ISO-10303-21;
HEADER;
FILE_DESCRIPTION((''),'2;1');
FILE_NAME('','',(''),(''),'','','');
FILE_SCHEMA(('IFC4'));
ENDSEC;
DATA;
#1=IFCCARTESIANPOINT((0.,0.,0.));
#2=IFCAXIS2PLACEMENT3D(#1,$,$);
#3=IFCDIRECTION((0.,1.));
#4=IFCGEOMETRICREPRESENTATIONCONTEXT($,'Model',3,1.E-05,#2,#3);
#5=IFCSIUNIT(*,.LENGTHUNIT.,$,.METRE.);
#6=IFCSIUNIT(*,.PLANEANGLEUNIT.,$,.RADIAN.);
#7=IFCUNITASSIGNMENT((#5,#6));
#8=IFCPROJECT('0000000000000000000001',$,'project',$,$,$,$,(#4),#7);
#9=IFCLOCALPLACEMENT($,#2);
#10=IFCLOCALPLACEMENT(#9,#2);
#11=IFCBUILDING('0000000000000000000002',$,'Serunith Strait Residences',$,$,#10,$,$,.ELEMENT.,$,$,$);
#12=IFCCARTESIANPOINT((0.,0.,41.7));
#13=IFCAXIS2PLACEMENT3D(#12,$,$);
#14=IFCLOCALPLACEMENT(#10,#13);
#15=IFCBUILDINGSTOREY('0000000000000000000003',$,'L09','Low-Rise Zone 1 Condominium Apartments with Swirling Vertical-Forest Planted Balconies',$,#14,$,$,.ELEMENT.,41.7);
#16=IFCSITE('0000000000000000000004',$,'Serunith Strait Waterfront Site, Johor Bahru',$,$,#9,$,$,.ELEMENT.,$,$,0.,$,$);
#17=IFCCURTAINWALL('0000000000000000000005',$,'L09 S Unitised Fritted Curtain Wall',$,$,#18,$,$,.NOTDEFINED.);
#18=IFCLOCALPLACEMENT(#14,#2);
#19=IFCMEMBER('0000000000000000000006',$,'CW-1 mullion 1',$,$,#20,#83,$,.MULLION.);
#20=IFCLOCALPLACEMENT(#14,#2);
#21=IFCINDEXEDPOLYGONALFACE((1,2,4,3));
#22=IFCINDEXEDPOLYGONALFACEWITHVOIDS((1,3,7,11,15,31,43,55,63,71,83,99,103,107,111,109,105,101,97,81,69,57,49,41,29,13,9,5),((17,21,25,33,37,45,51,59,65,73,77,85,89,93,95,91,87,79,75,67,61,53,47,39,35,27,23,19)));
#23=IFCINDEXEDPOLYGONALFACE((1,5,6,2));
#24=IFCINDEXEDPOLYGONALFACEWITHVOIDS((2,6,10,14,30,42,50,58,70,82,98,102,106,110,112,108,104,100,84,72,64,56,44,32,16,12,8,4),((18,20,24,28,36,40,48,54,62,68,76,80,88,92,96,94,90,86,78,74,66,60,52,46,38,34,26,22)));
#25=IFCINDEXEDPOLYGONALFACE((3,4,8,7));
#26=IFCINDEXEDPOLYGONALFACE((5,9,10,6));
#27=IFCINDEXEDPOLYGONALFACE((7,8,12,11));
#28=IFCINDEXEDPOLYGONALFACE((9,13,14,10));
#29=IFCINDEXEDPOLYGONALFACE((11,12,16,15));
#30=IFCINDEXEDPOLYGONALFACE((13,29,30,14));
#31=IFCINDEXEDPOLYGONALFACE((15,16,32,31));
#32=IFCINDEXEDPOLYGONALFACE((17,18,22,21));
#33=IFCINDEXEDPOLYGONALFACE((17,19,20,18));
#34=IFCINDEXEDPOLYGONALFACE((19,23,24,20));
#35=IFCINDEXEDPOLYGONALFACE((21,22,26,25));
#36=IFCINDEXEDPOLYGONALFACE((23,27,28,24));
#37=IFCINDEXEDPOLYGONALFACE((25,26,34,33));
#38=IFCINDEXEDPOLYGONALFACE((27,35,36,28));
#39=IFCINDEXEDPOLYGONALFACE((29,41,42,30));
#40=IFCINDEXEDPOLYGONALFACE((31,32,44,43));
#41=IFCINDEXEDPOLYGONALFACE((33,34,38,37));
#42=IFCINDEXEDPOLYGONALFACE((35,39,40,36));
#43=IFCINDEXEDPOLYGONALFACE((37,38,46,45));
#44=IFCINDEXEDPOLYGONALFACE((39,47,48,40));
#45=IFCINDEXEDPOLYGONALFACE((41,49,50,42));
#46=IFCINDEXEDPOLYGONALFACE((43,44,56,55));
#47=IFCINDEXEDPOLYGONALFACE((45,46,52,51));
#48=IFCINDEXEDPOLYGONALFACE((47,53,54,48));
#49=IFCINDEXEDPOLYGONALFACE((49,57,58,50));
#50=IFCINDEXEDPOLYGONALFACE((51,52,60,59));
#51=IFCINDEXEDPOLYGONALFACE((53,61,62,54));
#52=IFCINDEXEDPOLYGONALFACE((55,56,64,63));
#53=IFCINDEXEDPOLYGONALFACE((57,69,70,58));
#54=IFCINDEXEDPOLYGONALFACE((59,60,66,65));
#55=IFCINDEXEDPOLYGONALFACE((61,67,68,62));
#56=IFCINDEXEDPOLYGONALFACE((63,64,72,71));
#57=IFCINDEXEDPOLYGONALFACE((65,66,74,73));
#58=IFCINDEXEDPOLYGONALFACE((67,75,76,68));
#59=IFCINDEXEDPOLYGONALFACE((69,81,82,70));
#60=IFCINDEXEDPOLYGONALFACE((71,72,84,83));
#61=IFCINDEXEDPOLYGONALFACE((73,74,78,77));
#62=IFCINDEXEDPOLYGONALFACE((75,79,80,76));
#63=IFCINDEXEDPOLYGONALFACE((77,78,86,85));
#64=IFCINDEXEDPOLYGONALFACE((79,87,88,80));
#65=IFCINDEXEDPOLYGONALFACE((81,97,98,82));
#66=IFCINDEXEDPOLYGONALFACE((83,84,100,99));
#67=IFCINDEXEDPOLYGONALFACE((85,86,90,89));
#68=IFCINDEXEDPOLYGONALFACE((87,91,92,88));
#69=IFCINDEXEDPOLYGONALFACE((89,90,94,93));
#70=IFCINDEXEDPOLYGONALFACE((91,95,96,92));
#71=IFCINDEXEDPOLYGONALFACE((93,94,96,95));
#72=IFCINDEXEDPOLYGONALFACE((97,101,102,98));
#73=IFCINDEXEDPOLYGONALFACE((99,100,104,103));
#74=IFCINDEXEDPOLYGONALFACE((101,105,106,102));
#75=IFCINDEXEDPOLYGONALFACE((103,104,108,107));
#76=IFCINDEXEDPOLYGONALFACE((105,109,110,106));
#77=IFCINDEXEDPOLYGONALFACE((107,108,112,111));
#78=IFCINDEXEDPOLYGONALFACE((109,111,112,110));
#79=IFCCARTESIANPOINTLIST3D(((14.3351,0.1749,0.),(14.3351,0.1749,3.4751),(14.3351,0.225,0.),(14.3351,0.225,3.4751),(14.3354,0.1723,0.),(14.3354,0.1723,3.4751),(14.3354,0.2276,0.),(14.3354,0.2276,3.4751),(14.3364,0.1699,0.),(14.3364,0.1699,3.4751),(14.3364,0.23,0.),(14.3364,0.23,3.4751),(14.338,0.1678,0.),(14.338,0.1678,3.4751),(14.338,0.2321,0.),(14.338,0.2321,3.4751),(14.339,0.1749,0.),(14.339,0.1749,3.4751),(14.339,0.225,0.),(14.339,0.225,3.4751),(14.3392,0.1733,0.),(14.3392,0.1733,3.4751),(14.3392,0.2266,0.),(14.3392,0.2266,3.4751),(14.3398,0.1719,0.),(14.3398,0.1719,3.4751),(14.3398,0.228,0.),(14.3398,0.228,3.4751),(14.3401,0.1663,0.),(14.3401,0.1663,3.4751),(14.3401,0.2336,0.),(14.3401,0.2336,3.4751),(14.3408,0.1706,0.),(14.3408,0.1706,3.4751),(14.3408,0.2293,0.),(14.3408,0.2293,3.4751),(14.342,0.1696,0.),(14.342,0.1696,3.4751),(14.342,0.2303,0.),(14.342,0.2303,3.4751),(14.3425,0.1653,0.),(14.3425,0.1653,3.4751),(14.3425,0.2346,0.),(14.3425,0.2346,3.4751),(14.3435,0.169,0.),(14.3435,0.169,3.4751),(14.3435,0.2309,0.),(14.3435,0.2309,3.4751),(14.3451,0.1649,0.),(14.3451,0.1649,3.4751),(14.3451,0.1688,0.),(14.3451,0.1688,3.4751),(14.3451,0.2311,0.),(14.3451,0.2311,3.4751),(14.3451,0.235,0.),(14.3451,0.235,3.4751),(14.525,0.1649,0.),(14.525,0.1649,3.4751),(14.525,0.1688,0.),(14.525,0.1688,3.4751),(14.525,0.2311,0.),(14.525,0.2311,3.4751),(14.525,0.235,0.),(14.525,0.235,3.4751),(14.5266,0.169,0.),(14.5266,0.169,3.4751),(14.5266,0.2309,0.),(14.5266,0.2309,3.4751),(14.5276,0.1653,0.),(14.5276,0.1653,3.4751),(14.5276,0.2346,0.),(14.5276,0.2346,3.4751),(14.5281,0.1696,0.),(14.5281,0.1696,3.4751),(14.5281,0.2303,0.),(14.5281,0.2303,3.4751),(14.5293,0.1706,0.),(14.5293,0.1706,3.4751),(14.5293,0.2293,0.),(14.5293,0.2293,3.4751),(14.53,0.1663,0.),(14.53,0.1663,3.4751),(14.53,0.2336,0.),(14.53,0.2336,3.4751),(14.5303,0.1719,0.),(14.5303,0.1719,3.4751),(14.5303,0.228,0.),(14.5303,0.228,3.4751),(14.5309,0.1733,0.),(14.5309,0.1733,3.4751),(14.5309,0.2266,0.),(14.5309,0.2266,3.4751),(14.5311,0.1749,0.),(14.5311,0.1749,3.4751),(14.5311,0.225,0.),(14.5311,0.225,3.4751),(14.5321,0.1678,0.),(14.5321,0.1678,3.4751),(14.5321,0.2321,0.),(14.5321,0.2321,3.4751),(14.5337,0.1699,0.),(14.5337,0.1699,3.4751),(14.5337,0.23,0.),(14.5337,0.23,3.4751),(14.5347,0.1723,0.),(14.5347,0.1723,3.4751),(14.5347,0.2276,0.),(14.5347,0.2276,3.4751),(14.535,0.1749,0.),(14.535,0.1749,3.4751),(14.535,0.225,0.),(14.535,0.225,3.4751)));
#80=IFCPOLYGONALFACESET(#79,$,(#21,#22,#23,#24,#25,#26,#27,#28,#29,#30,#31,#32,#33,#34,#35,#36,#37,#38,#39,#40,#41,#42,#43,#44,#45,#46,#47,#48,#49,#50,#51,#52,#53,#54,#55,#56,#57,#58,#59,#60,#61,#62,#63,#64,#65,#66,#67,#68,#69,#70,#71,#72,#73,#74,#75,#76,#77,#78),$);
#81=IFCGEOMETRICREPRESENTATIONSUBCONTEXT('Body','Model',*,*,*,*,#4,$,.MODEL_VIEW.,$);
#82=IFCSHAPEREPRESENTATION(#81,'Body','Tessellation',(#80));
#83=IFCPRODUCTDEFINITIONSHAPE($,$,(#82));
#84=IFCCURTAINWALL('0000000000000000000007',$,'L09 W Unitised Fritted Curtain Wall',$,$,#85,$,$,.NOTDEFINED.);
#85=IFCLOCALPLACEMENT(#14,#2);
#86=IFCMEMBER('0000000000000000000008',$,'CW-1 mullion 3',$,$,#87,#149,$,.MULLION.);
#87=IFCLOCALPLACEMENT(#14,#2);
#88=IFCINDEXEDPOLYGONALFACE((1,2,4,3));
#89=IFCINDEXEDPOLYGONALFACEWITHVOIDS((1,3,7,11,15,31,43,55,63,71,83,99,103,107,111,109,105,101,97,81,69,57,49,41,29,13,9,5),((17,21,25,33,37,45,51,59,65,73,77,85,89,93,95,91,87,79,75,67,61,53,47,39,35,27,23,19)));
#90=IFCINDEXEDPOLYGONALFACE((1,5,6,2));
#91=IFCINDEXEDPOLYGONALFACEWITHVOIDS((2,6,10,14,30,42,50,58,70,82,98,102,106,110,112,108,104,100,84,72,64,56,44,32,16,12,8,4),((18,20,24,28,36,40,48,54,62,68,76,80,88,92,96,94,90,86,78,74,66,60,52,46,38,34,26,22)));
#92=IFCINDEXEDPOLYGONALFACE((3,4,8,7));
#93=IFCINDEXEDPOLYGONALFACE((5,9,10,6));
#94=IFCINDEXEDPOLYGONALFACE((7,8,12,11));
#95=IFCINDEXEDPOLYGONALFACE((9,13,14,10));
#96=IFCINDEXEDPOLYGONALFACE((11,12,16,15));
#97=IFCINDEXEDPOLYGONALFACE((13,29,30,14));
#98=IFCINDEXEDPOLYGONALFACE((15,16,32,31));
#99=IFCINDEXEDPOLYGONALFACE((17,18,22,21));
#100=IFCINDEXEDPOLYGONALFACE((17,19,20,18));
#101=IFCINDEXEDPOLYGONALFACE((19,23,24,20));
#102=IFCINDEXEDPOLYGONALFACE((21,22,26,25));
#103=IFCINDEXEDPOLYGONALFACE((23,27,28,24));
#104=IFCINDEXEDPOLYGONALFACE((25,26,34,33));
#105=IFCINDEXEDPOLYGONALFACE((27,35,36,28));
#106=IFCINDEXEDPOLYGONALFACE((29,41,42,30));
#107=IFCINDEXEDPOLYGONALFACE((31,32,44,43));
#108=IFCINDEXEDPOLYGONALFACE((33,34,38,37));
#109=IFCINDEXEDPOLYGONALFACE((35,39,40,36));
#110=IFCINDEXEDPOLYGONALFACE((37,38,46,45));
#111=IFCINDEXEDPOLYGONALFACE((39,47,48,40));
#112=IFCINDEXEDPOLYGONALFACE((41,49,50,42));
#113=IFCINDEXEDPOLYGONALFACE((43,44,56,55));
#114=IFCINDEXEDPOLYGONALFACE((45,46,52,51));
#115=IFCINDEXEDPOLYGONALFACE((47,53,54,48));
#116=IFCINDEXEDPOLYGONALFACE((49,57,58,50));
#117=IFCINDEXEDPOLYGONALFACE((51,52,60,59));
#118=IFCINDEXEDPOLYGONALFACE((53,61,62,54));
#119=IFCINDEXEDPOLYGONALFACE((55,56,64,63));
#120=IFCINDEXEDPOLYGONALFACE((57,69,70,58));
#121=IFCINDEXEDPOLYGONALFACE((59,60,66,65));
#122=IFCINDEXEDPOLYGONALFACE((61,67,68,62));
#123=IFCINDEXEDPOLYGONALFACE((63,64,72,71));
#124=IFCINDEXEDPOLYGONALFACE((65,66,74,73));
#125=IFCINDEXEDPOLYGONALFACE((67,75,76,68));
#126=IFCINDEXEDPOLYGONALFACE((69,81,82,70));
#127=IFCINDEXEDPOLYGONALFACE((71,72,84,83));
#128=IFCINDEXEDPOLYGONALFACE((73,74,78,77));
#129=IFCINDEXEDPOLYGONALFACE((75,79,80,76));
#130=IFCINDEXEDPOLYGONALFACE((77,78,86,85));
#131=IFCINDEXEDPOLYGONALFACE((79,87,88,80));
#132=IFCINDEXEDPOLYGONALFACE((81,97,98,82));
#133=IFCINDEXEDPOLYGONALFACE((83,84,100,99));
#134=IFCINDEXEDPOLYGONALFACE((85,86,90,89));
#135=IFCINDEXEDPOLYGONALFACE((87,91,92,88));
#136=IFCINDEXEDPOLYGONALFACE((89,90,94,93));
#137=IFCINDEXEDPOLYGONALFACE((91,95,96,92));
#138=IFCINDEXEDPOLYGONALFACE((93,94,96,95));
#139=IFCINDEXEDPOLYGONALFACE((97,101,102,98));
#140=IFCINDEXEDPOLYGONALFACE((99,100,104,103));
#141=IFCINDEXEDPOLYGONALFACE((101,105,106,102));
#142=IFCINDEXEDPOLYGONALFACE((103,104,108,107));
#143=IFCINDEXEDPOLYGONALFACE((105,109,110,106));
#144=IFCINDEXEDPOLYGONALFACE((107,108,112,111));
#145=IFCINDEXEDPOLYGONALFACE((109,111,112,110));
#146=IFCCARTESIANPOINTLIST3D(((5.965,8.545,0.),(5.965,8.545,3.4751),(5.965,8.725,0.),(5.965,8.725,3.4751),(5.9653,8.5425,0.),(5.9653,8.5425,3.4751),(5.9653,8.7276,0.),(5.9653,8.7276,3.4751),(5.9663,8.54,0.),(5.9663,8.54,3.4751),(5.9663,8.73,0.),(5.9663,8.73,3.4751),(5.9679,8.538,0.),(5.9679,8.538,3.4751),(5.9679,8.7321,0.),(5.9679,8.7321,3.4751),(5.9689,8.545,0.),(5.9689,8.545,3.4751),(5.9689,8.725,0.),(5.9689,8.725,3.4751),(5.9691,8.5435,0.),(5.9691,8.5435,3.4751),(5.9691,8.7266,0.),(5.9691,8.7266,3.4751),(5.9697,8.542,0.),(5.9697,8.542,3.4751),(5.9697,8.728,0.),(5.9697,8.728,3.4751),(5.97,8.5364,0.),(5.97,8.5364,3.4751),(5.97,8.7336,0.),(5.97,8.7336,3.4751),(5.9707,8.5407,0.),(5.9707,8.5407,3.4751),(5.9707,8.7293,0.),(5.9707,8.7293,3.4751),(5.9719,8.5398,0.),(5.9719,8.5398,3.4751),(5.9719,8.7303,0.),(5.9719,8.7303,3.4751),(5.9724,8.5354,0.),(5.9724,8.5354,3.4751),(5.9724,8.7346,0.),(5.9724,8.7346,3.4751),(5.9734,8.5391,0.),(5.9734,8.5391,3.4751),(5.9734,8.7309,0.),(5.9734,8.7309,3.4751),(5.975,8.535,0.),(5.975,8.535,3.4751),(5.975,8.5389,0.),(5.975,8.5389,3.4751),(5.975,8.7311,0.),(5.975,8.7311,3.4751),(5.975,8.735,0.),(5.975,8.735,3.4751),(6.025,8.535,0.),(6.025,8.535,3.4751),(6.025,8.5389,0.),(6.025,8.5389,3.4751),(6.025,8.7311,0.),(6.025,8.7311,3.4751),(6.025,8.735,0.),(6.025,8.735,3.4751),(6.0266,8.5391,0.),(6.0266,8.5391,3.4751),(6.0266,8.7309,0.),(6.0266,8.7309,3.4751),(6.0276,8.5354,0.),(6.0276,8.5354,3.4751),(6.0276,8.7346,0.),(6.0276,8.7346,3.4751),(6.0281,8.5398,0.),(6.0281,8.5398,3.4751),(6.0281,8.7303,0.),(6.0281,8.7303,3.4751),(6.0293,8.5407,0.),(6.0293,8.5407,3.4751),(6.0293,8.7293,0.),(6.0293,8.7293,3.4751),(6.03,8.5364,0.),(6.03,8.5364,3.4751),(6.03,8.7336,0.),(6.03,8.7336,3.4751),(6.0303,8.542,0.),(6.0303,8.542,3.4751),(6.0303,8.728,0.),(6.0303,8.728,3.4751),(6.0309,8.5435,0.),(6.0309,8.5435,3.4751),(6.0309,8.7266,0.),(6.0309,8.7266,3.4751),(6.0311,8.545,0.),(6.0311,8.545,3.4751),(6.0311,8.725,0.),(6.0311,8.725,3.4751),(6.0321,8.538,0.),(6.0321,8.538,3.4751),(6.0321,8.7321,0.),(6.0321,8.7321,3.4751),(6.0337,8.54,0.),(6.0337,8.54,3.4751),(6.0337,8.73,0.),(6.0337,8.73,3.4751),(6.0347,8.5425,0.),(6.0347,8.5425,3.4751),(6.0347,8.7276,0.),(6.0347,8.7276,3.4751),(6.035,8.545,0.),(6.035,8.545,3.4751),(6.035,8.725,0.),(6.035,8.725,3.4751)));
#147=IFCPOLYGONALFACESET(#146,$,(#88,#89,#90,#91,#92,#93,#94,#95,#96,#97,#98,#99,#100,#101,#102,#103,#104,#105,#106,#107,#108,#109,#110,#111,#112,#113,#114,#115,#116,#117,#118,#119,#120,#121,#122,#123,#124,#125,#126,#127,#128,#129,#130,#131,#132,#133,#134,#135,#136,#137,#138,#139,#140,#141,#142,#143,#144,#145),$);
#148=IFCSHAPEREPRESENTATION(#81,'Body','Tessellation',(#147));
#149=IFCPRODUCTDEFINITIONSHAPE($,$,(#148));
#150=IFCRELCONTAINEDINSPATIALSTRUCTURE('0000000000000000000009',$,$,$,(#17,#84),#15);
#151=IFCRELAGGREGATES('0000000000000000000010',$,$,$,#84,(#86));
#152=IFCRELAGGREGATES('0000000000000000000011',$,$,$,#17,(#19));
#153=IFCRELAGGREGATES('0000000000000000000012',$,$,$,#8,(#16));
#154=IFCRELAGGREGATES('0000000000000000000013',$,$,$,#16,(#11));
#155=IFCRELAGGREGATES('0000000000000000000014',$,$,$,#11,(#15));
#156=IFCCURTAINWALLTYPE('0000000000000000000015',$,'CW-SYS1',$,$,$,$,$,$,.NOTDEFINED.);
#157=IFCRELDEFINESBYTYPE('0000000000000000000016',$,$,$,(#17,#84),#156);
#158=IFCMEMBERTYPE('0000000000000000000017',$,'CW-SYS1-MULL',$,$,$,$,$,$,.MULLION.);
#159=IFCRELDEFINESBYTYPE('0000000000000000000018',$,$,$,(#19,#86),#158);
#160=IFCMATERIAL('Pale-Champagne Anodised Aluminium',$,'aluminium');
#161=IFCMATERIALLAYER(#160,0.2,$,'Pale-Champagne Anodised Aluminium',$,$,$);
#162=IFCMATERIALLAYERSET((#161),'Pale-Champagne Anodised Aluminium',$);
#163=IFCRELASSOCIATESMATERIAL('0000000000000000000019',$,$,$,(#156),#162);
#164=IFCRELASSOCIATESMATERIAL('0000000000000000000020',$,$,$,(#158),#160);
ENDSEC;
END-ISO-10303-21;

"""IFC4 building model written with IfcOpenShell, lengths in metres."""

from ifc_helpers import new_model, si_unit, direction, frame, origin, origin_2d, place, context, subcontext, project, spatial, hollow_rectangle, extrude, source, transform, mapped, material, layer, layer_set, material_profile, profile_set, type_object, element, aggregate, save


model = new_model("IFC4")

# Units and contexts
model_context = context("Model", 3, precision=1e-05, world=origin(), true_north=direction((0.0, 1.0)))
body_context = subcontext(model_context, "Body", "Model", "MODEL_VIEW")
ifc_project = project(units=[si_unit("LENGTHUNIT", "METRE"), si_unit("PLANEANGLEUNIT", "RADIAN")], contexts=[model_context])

# Site, building, storey
site_placement = place(None, origin())
site = spatial("IfcSite", under=ifc_project, at=site_placement, Name="Serunith Strait Waterfront Site, Johor Bahru", CompositionType="ELEMENT", RefElevation=0.0)
building_placement = place(site_placement, origin())
building = spatial("IfcBuilding", under=site, at=building_placement, Name="Serunith Strait Residences", CompositionType="ELEMENT")
storey_placement = place(building_placement, frame((0.0, 0.0, 41.7)))
storey = spatial("IfcBuildingStorey", under=building, at=storey_placement, Name="L09", Description="Low-Rise Zone 1 Condominium Apartments with Swirling Vertical-Forest Planted Balconies", CompositionType="ELEMENT", Elevation=41.7)

# Curtain walls, members
ifc_material_1 = material(Name="Pale-Champagne Anodised Aluminium", Category="aluminium")
ifc_layer_1 = layer(ifc_material_1, 0.2, Name="Pale-Champagne Anodised Aluminium")
ifc_layer_set_1 = layer_set([ifc_layer_1], Name="Pale-Champagne Anodised Aluminium")
curtain_wall_type = type_object("IfcCurtainWallType", Name="CW-SYS1", PredefinedType="NOTDEFINED", material=ifc_layer_set_1)
curtain_wall_1_placement = place(storey_placement, origin())
curtain_wall_1 = element("IfcCurtainWall", 1, at=curtain_wall_1_placement, inside=storey, type_object=curtain_wall_type, Name="L09 S Unitised Fritted Curtain Wall", PredefinedType="NOTDEFINED")
ifc_material_profile_1 = material_profile(ifc_material_1, hollow_rectangle(XDim=0.0701, YDim=0.2, WallThickness=0.0039, InnerFilletRadius=0.0061, OuterFilletRadius=0.01, at=origin_2d()), Name="ALU 200x70x4")
ifc_profile_set_1 = profile_set([ifc_material_profile_1], Name="Pale-Champagne Anodised Aluminium")
member_type_1 = type_object("IfcMemberType", Name="CW-SYS1-MULL", PredefinedType="MULLION", material=ifc_profile_set_1)
shared_shape_1 = source(origin(), body_context, "Body", "SweptSolid", [
    extrude(hollow_rectangle(XDim=0.0701, YDim=0.2, WallThickness=0.0039, InnerFilletRadius=0.0061, OuterFilletRadius=0.01, at=origin_2d()), origin(), (0.0, 0.0, 1.0), 3.4751),
])
member_1_placement = place(storey_placement, frame((14.4351, 0.2, 0.0), z_axis=(0.0, 0.0, 1.0), x_axis=(0.0, 1.0, 0.0)))
member_1 = element("IfcMember", 2, at=member_1_placement, type_object=member_type_1, Name="CW-1 mullion 1", PredefinedType="MULLION", context=body_context, shape_type="MappedRepresentation", body=[
    mapped(shared_shape_1, transform((0.0, 0.0, 0.0), scale=1.0)),
])
curtain_wall_2_placement = place(storey_placement, origin())
curtain_wall_2 = element("IfcCurtainWall", 3, at=curtain_wall_2_placement, inside=storey, type_object=curtain_wall_type, Name="L09 W Unitised Fritted Curtain Wall", PredefinedType="NOTDEFINED")
member_2_placement = place(storey_placement, frame((6.0, 8.635, 0.0), z_axis=(0.0, 0.0, 1.0), x_axis=(1.0, 0.0, 0.0)))
member_2 = element("IfcMember", 4, at=member_2_placement, type_object=member_type_1, Name="CW-1 mullion 3", PredefinedType="MULLION", context=body_context, shape_type="MappedRepresentation", body=[
    mapped(shared_shape_1, transform((0.0, 0.0, 0.0), scale=1.0)),
])
aggregate(curtain_wall_2, [member_2])

aggregate(curtain_wall_1, [member_1])

save(model, "model.ifc")
